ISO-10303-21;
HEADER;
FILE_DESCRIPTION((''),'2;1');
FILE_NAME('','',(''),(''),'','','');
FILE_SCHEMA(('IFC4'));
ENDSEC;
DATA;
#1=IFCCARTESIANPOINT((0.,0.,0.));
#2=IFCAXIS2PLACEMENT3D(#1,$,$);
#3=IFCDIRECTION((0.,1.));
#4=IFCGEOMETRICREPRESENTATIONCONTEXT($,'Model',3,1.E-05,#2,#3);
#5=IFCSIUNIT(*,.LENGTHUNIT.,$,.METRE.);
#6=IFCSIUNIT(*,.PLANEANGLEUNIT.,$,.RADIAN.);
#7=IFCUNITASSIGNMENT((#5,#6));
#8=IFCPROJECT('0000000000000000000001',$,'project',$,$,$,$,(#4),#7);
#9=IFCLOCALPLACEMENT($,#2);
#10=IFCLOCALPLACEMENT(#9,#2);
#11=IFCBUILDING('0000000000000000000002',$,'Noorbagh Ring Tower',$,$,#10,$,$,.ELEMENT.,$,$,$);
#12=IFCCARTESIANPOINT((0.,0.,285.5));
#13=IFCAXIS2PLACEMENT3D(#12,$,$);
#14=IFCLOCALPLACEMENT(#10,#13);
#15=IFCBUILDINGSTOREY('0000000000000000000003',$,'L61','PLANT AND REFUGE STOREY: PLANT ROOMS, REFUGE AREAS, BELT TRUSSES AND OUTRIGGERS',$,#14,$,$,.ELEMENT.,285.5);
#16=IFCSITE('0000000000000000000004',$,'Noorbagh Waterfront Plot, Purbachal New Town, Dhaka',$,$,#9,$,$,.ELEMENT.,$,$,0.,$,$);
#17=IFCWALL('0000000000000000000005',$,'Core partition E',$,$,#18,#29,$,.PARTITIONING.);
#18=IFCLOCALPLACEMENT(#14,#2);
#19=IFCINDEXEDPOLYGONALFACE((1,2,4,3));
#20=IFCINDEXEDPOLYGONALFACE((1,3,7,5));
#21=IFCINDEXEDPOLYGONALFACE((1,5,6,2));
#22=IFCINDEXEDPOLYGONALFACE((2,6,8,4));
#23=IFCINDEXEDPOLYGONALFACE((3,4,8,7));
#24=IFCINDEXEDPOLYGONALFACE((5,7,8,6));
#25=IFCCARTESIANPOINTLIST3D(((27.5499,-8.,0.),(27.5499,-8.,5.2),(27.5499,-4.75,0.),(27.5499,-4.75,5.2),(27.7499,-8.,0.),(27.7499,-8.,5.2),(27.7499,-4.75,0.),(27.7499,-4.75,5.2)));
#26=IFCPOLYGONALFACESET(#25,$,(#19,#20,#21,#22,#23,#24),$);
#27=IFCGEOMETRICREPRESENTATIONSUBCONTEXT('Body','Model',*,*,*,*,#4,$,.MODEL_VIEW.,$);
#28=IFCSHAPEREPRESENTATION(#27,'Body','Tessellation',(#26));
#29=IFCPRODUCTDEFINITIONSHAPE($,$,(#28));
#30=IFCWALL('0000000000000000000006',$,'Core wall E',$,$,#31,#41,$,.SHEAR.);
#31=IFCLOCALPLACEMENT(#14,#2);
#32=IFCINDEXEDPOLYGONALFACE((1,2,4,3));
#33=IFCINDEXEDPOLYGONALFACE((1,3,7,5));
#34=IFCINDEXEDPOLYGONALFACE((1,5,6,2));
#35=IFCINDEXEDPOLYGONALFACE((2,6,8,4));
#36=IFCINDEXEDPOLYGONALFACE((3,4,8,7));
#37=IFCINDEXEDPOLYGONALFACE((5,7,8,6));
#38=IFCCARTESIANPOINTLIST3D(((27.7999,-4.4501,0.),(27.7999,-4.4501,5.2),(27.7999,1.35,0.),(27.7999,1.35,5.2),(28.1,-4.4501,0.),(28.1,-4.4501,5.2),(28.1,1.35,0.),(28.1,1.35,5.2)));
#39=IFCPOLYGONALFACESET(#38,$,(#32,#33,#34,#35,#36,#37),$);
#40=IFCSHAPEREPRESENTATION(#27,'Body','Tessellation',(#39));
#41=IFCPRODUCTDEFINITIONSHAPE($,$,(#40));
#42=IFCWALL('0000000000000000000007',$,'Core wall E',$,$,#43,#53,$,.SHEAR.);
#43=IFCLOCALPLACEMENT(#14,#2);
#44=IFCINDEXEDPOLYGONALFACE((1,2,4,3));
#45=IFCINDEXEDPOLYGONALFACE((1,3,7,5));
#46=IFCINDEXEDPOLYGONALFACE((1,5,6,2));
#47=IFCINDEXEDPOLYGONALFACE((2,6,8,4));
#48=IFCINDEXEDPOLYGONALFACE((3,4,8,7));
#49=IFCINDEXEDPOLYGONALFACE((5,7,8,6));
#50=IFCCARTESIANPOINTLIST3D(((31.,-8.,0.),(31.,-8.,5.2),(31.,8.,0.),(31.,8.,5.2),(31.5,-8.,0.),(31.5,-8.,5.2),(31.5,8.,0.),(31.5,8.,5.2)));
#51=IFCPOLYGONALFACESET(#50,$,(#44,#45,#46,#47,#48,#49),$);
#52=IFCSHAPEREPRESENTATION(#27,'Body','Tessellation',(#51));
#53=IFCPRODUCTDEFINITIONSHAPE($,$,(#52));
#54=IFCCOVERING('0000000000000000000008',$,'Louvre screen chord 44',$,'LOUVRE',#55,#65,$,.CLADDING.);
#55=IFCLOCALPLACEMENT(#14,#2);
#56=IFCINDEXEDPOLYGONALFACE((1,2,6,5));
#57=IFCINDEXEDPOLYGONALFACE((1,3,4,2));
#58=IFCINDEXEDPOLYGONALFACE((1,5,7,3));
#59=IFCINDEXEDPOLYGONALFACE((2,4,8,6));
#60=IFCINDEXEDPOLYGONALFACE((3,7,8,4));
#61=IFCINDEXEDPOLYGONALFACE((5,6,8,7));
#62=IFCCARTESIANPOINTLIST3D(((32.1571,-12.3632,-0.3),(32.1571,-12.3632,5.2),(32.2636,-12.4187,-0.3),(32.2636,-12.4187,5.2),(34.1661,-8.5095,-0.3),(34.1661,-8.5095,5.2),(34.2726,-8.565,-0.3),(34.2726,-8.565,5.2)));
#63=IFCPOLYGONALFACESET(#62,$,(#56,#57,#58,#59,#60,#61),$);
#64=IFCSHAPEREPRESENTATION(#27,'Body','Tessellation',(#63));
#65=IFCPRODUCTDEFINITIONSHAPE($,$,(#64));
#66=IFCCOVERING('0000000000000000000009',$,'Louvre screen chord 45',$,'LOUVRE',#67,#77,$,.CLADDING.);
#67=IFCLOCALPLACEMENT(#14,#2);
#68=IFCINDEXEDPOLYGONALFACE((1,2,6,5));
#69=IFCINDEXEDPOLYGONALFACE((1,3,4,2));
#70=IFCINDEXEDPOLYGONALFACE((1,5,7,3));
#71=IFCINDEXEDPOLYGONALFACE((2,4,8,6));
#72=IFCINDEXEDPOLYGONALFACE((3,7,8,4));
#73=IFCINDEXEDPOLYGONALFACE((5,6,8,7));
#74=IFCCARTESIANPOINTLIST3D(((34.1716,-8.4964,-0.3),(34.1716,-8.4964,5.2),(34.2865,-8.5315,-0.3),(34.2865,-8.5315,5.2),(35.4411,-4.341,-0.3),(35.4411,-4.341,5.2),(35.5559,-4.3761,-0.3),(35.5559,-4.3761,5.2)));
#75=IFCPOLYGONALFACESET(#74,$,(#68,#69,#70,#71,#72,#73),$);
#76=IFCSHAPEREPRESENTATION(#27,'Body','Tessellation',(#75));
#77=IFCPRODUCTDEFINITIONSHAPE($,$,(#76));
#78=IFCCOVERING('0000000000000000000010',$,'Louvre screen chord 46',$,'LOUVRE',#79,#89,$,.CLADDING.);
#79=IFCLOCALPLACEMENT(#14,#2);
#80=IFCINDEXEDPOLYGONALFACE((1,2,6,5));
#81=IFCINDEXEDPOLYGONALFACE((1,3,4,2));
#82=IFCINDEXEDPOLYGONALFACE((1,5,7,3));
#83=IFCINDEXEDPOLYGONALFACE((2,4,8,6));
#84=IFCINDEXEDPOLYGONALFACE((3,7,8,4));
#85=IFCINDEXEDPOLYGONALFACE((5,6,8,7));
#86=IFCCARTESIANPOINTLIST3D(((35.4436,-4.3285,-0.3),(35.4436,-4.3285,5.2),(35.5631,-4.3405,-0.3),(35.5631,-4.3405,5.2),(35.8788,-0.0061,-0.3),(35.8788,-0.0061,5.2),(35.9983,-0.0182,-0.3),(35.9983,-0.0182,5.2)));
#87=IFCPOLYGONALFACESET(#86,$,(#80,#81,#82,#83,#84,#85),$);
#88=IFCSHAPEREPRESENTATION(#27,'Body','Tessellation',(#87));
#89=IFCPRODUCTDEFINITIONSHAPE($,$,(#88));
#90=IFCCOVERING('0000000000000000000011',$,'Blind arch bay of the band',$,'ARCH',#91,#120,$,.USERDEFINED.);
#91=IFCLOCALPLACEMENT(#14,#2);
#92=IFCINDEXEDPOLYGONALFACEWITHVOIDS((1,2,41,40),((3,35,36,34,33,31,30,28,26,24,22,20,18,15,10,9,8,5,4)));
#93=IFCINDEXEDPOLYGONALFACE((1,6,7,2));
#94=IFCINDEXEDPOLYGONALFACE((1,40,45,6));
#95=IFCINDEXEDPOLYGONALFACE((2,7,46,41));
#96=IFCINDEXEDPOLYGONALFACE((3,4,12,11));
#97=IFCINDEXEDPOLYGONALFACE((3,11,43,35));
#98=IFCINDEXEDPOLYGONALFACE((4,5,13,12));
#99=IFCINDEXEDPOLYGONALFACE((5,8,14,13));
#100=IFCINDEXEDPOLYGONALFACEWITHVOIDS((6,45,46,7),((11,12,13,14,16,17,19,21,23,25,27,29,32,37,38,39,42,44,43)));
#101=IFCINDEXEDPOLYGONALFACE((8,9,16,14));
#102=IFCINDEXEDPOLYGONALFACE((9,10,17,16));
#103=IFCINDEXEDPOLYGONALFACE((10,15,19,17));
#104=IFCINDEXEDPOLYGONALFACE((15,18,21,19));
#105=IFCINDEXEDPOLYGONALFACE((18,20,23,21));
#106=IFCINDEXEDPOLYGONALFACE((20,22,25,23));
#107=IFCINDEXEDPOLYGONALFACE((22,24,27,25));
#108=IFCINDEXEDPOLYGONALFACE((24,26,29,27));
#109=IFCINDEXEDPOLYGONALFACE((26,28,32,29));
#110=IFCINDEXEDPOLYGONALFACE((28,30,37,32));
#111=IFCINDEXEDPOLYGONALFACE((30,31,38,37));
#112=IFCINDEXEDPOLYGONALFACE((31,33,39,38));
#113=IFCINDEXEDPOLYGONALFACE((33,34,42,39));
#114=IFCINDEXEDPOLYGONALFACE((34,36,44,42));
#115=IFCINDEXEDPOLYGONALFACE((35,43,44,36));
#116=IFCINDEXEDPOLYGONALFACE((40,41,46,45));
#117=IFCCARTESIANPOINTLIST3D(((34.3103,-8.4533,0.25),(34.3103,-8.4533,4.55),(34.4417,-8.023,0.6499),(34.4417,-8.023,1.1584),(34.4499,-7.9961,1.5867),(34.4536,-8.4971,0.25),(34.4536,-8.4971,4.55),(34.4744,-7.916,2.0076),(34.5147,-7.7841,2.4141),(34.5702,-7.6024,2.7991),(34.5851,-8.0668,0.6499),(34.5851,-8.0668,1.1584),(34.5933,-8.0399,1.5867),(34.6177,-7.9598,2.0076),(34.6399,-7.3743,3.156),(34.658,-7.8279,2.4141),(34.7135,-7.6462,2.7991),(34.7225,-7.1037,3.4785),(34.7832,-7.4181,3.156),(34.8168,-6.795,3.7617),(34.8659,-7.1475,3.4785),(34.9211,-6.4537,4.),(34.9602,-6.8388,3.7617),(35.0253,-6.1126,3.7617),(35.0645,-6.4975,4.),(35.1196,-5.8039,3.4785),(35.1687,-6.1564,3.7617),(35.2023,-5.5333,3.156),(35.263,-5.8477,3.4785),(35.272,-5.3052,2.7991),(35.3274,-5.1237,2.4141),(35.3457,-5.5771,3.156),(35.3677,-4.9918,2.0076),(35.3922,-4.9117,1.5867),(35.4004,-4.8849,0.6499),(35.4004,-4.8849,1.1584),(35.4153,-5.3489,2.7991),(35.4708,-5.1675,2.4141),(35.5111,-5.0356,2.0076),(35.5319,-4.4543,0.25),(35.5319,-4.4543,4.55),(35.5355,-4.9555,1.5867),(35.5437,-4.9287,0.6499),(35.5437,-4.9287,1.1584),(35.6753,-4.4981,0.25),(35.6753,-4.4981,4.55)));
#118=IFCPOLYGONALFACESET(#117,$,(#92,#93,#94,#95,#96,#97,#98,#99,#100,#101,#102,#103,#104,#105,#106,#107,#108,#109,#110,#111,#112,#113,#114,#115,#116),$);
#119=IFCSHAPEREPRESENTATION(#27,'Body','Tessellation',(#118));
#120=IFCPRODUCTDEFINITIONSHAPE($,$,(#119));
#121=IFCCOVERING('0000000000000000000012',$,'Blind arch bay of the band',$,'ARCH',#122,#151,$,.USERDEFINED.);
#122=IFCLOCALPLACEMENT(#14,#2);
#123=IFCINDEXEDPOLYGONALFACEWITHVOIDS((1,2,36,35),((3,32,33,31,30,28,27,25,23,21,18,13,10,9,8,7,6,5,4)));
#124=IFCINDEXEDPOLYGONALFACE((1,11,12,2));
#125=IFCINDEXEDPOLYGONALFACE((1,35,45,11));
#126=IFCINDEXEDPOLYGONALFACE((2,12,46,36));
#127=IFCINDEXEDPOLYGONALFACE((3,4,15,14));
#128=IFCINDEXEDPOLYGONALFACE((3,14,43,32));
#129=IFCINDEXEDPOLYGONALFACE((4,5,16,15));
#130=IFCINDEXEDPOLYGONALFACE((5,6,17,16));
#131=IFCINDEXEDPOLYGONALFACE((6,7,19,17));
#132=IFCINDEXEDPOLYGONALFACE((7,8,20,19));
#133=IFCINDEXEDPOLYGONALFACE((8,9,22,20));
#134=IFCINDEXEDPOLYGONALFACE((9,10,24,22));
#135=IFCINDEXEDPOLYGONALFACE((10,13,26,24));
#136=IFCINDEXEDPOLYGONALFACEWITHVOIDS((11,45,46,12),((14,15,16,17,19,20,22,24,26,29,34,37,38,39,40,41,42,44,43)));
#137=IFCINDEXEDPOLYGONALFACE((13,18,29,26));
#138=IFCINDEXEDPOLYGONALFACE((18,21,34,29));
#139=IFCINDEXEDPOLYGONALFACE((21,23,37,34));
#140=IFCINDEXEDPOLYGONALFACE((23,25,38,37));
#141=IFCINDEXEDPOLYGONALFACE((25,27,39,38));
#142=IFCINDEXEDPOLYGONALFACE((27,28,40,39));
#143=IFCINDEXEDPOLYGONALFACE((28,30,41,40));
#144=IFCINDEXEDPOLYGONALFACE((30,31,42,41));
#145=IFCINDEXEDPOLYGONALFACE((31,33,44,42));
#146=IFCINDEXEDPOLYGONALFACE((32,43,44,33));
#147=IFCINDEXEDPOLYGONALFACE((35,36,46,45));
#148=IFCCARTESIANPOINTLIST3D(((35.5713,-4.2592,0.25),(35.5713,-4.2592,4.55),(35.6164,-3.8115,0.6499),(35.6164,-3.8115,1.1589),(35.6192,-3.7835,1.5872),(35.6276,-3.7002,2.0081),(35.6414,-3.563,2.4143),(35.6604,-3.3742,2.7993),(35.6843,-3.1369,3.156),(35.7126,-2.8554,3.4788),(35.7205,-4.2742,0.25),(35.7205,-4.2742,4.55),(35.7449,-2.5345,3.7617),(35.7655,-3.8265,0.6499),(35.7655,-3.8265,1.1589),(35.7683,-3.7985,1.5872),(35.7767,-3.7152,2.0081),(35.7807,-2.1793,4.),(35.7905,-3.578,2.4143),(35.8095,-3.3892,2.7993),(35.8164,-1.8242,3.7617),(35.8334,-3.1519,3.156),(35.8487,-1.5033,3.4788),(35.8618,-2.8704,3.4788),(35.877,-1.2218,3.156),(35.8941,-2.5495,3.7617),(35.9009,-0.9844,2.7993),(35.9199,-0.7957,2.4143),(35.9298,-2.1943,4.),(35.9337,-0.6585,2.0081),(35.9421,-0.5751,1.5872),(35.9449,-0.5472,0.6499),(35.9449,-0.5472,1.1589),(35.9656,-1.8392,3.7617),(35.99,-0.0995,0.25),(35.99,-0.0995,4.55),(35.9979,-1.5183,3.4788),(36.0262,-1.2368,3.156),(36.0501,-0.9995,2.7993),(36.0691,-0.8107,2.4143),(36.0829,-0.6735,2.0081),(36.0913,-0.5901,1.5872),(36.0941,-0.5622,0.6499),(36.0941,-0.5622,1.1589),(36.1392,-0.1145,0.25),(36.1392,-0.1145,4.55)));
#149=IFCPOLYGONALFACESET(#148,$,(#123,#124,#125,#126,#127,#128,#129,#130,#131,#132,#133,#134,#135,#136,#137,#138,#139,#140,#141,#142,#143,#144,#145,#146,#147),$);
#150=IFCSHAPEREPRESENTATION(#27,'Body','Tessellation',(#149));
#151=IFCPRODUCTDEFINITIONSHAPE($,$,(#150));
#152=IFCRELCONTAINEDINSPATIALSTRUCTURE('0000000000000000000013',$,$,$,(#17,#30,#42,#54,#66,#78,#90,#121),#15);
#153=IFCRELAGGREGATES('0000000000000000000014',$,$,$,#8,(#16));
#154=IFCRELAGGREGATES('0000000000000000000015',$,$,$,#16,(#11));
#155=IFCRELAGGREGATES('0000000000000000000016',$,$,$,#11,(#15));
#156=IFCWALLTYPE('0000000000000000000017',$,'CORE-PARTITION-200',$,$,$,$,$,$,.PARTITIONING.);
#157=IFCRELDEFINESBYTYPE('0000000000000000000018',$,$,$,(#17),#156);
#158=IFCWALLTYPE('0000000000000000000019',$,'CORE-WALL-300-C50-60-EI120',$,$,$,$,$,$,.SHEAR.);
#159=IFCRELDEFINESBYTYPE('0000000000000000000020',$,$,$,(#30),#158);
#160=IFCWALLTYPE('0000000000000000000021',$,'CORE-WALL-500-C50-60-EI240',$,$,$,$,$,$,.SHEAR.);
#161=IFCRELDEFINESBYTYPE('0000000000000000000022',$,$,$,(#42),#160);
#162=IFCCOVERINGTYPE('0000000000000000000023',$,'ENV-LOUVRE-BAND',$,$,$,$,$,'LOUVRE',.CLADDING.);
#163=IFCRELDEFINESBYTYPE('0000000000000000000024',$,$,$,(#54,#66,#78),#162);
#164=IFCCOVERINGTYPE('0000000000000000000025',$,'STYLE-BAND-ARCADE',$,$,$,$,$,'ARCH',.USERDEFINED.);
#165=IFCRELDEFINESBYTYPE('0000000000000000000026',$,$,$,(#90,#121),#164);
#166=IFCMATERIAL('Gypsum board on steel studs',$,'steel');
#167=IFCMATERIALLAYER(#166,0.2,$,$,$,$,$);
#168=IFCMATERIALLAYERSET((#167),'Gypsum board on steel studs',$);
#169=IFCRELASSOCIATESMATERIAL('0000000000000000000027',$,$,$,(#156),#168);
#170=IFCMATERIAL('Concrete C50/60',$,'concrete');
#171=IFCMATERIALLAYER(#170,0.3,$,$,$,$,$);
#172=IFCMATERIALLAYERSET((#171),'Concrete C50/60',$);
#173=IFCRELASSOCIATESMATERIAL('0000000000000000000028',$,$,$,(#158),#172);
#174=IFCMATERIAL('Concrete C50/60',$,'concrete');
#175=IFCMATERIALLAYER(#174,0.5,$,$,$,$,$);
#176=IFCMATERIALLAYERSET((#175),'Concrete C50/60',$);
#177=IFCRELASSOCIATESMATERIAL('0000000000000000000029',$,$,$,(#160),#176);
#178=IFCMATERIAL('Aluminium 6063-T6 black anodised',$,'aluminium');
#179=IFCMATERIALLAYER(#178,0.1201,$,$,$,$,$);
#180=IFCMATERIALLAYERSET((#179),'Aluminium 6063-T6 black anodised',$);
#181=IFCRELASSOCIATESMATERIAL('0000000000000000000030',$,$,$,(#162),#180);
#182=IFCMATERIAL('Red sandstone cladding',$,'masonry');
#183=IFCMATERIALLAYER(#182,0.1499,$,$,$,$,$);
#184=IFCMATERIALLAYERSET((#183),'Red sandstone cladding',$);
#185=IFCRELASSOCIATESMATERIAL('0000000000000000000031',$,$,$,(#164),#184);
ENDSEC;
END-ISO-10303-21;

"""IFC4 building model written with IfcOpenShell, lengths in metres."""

from ifc_helpers import new_model, si_unit, direction, frame, frame_2d, origin, origin_2d, place, context, subcontext, project, spatial, polyline, rectangle, outline, extrude, material, layer, layer_set, type_object, element, save


model = new_model("IFC4")

# Units and contexts
model_context = context("Model", 3, precision=1e-05, world=origin(), true_north=direction((0.0, 1.0)))
body_context = subcontext(model_context, "Body", "Model", "MODEL_VIEW")
ifc_project = project(units=[si_unit("LENGTHUNIT", "METRE"), si_unit("PLANEANGLEUNIT", "RADIAN")], contexts=[model_context])

# Site, building, storey
site_placement = place(None, origin())
site = spatial("IfcSite", under=ifc_project, at=site_placement, Name="Noorbagh Waterfront Plot, Purbachal New Town, Dhaka", CompositionType="ELEMENT", RefElevation=0.0)
building_placement = place(site_placement, origin())
building = spatial("IfcBuilding", under=site, at=building_placement, Name="Noorbagh Ring Tower", CompositionType="ELEMENT")
storey_placement = place(building_placement, frame((0.0, 0.0, 285.5)))
storey = spatial("IfcBuildingStorey", under=building, at=storey_placement, Name="L61", Description="PLANT AND REFUGE STOREY: PLANT ROOMS, REFUGE AREAS, BELT TRUSSES AND OUTRIGGERS", CompositionType="ELEMENT", Elevation=285.5)

# Walls
ifc_material_1 = material(Name="Gypsum board on steel studs", Category="steel")
ifc_layer_1 = layer(ifc_material_1, 0.2)
ifc_layer_set_1 = layer_set([ifc_layer_1], Name="Gypsum board on steel studs")
wall_type_1 = type_object("IfcWallType", Name="CORE-PARTITION-200", PredefinedType="PARTITIONING", material=ifc_layer_set_1)
wall_1_placement = place(storey_placement, frame((27.6499, -8.0, 0.0), z_axis=(0.0, 0.0, 1.0), x_axis=(0.0, 1.0, 0.0)))
element("IfcWall", 1, at=wall_1_placement, inside=storey, type_object=wall_type_1, Name="Core partition E", PredefinedType="PARTITIONING", context=body_context, shape_type="SweptSolid", body=[
    extrude(rectangle(XDim=3.25, YDim=0.2, at=frame_2d((1.625, 0.0))), origin(), (0.0, 0.0, 1.0), 5.2),
])
ifc_material_2 = material(Name="Concrete C50/60", Category="concrete")
ifc_layer_2 = layer(ifc_material_2, 0.3)
ifc_layer_set_2 = layer_set([ifc_layer_2], Name="Concrete C50/60")
wall_type_2 = type_object("IfcWallType", Name="CORE-WALL-300-C50-60-EI120", PredefinedType="SHEAR", material=ifc_layer_set_2)
wall_2_placement = place(storey_placement, frame((27.95, -4.45, 0.0), z_axis=(0.0, 0.0, 1.0), x_axis=(0.0, 1.0, 0.0)))
element("IfcWall", 2, at=wall_2_placement, inside=storey, type_object=wall_type_2, Name="Core wall E", PredefinedType="SHEAR", context=body_context, shape_type="SweptSolid", body=[
    extrude(rectangle(XDim=5.8, YDim=0.3, at=frame_2d((2.8999, 0.0))), origin(), (0.0, 0.0, 1.0), 5.2),
])
ifc_material_3 = material(Name="Concrete C50/60", Category="concrete")
ifc_layer_3 = layer(ifc_material_3, 0.5)
ifc_layer_set_3 = layer_set([ifc_layer_3], Name="Concrete C50/60")
wall_type_3 = type_object("IfcWallType", Name="CORE-WALL-500-C50-60-EI240", PredefinedType="SHEAR", material=ifc_layer_set_3)
wall_3_placement = place(storey_placement, frame((31.25, -8.0, 0.0), z_axis=(0.0, 0.0, 1.0), x_axis=(0.0, 1.0, 0.0)))
element("IfcWall", 3, at=wall_3_placement, inside=storey, type_object=wall_type_3, Name="Core wall E", PredefinedType="SHEAR", context=body_context, shape_type="SweptSolid", body=[
    extrude(rectangle(XDim=16.0, YDim=0.5, at=frame_2d((8.0, 0.0))), origin(), (0.0, 0.0, 1.0), 5.2),
])

# Coverings
ifc_material_4 = material(Name="Aluminium 6063-T6 black anodised", Category="aluminium")
ifc_layer_4 = layer(ifc_material_4, 0.1201)
ifc_layer_set_4 = layer_set([ifc_layer_4], Name="Aluminium 6063-T6 black anodised")
covering_type_1 = type_object("IfcCoveringType", Name="ENV-LOUVRE-BAND", ElementType="LOUVRE", PredefinedType="CLADDING", material=ifc_layer_set_4)
covering_1_placement = place(storey_placement, frame((33.2148, -10.4641, -0.3), z_axis=(0.0, 0.0, 1.0), x_axis=(0.462278, 0.886735, 0.0)))
element("IfcCovering", 4, at=covering_1_placement, inside=storey, type_object=covering_type_1, Name="Louvre screen chord 44", ObjectType="LOUVRE", PredefinedType="CLADDING", context=body_context, shape_type="SweptSolid", body=[
    extrude(rectangle(XDim=4.3459, YDim=0.1201, at=origin_2d()), origin(), (0.0, 0.0, 1.0), 5.5),
])
covering_2_placement = place(storey_placement, frame((34.8638, -6.4363, -0.3), z_axis=(0.0, 0.0, 1.0), x_axis=(0.29217, 0.956366, 0.0)))
element("IfcCovering", 5, at=covering_2_placement, inside=storey, type_object=covering_type_1, Name="Louvre screen chord 45", ObjectType="LOUVRE", PredefinedType="CLADDING", context=body_context, shape_type="SweptSolid", body=[
    extrude(rectangle(XDim=4.345, YDim=0.1201, at=origin_2d()), origin(), (0.0, 0.0, 1.0), 5.5),
])
covering_3_placement = place(storey_placement, frame((35.7209, -2.1733, -0.3), z_axis=(0.0, 0.0, 1.0), x_axis=(0.100178, 0.99497, 0.0)))
element("IfcCovering", 6, at=covering_3_placement, inside=storey, type_object=covering_type_1, Name="Louvre screen chord 46", ObjectType="LOUVRE", PredefinedType="CLADDING", context=body_context, shape_type="SweptSolid", body=[
    extrude(rectangle(XDim=4.3442, YDim=0.1201, at=origin_2d()), origin(), (0.0, 0.0, 1.0), 5.5),
])
ifc_material_5 = material(Name="Red sandstone cladding", Category="masonry")
ifc_layer_5 = layer(ifc_material_5, 0.1499)
ifc_layer_set_5 = layer_set([ifc_layer_5], Name="Red sandstone cladding")
covering_type_2 = type_object("IfcCoveringType", Name="STYLE-BAND-ARCADE", ElementType="ARCH", PredefinedType="USERDEFINED", material=ifc_layer_set_5)
covering_4_placement = place(storey_placement, frame((34.4536, -8.4971, 0.25), z_axis=(0.956368, -0.292165, 0.0), x_axis=(0.292165, 0.956368, 0.0)))
element("IfcCovering", 7, at=covering_4_placement, inside=storey, type_object=covering_type_2, Name="Blind arch bay of the band", ObjectType="ARCH", PredefinedType="USERDEFINED", context=body_context, shape_type="SweptSolid", body=[
    extrude(outline(polyline([(0.0, 0.0), (4.1814, 0.0), (4.1814, 4.3), (0.0, 4.3), (0.0, 0.0)]), holes=[polyline([(0.45, 0.3999), (0.45, 0.9084), (0.478, 1.3367), (0.5618, 1.7576), (0.6997, 2.1641), (0.8896, 2.5491), (1.1282, 2.906), (1.4111, 3.2285), (1.7339, 3.5117), (2.0908, 3.75), (2.4475, 3.5117), (2.7703, 3.2285), (3.0532, 2.906), (3.2917, 2.5491), (3.4814, 2.1641), (3.6194, 1.7576), (3.7031, 1.3367), (3.7312, 0.9084), (3.7312, 0.3999), (0.45, 0.3999)])]), origin(), (0.0, 0.0, -1.0), 0.1499),
])
covering_5_placement = place(storey_placement, frame((35.7205, -4.2742, 0.25), z_axis=(0.994972, -0.100151, 0.0), x_axis=(0.100151, 0.994972, 0.0)))
element("IfcCovering", 8, at=covering_5_placement, inside=storey, type_object=covering_type_2, Name="Blind arch bay of the band", ObjectType="ARCH", PredefinedType="USERDEFINED", context=body_context, shape_type="SweptSolid", body=[
    extrude(outline(polyline([(0.0, 0.0), (4.1807, 0.0), (4.1807, 4.3), (0.0, 4.3), (0.0, 0.0)]), holes=[polyline([(0.45, 0.3999), (0.45, 0.9089), (0.478, 1.3372), (0.5618, 1.7581), (0.6997, 2.1643), (0.8894, 2.5493), (1.1279, 2.906), (1.4109, 3.2288), (1.7334, 3.5117), (2.0903, 3.75), (2.4473, 3.5117), (2.7698, 3.2288), (3.0527, 2.906), (3.2913, 2.5493), (3.481, 2.1643), (3.6189, 1.7581), (3.7026, 1.3372), (3.7307, 0.9089), (3.7307, 0.3999), (0.45, 0.3999)])]), origin(), (0.0, 0.0, -1.0), 0.1499),
])

save(model, "model.ifc")
